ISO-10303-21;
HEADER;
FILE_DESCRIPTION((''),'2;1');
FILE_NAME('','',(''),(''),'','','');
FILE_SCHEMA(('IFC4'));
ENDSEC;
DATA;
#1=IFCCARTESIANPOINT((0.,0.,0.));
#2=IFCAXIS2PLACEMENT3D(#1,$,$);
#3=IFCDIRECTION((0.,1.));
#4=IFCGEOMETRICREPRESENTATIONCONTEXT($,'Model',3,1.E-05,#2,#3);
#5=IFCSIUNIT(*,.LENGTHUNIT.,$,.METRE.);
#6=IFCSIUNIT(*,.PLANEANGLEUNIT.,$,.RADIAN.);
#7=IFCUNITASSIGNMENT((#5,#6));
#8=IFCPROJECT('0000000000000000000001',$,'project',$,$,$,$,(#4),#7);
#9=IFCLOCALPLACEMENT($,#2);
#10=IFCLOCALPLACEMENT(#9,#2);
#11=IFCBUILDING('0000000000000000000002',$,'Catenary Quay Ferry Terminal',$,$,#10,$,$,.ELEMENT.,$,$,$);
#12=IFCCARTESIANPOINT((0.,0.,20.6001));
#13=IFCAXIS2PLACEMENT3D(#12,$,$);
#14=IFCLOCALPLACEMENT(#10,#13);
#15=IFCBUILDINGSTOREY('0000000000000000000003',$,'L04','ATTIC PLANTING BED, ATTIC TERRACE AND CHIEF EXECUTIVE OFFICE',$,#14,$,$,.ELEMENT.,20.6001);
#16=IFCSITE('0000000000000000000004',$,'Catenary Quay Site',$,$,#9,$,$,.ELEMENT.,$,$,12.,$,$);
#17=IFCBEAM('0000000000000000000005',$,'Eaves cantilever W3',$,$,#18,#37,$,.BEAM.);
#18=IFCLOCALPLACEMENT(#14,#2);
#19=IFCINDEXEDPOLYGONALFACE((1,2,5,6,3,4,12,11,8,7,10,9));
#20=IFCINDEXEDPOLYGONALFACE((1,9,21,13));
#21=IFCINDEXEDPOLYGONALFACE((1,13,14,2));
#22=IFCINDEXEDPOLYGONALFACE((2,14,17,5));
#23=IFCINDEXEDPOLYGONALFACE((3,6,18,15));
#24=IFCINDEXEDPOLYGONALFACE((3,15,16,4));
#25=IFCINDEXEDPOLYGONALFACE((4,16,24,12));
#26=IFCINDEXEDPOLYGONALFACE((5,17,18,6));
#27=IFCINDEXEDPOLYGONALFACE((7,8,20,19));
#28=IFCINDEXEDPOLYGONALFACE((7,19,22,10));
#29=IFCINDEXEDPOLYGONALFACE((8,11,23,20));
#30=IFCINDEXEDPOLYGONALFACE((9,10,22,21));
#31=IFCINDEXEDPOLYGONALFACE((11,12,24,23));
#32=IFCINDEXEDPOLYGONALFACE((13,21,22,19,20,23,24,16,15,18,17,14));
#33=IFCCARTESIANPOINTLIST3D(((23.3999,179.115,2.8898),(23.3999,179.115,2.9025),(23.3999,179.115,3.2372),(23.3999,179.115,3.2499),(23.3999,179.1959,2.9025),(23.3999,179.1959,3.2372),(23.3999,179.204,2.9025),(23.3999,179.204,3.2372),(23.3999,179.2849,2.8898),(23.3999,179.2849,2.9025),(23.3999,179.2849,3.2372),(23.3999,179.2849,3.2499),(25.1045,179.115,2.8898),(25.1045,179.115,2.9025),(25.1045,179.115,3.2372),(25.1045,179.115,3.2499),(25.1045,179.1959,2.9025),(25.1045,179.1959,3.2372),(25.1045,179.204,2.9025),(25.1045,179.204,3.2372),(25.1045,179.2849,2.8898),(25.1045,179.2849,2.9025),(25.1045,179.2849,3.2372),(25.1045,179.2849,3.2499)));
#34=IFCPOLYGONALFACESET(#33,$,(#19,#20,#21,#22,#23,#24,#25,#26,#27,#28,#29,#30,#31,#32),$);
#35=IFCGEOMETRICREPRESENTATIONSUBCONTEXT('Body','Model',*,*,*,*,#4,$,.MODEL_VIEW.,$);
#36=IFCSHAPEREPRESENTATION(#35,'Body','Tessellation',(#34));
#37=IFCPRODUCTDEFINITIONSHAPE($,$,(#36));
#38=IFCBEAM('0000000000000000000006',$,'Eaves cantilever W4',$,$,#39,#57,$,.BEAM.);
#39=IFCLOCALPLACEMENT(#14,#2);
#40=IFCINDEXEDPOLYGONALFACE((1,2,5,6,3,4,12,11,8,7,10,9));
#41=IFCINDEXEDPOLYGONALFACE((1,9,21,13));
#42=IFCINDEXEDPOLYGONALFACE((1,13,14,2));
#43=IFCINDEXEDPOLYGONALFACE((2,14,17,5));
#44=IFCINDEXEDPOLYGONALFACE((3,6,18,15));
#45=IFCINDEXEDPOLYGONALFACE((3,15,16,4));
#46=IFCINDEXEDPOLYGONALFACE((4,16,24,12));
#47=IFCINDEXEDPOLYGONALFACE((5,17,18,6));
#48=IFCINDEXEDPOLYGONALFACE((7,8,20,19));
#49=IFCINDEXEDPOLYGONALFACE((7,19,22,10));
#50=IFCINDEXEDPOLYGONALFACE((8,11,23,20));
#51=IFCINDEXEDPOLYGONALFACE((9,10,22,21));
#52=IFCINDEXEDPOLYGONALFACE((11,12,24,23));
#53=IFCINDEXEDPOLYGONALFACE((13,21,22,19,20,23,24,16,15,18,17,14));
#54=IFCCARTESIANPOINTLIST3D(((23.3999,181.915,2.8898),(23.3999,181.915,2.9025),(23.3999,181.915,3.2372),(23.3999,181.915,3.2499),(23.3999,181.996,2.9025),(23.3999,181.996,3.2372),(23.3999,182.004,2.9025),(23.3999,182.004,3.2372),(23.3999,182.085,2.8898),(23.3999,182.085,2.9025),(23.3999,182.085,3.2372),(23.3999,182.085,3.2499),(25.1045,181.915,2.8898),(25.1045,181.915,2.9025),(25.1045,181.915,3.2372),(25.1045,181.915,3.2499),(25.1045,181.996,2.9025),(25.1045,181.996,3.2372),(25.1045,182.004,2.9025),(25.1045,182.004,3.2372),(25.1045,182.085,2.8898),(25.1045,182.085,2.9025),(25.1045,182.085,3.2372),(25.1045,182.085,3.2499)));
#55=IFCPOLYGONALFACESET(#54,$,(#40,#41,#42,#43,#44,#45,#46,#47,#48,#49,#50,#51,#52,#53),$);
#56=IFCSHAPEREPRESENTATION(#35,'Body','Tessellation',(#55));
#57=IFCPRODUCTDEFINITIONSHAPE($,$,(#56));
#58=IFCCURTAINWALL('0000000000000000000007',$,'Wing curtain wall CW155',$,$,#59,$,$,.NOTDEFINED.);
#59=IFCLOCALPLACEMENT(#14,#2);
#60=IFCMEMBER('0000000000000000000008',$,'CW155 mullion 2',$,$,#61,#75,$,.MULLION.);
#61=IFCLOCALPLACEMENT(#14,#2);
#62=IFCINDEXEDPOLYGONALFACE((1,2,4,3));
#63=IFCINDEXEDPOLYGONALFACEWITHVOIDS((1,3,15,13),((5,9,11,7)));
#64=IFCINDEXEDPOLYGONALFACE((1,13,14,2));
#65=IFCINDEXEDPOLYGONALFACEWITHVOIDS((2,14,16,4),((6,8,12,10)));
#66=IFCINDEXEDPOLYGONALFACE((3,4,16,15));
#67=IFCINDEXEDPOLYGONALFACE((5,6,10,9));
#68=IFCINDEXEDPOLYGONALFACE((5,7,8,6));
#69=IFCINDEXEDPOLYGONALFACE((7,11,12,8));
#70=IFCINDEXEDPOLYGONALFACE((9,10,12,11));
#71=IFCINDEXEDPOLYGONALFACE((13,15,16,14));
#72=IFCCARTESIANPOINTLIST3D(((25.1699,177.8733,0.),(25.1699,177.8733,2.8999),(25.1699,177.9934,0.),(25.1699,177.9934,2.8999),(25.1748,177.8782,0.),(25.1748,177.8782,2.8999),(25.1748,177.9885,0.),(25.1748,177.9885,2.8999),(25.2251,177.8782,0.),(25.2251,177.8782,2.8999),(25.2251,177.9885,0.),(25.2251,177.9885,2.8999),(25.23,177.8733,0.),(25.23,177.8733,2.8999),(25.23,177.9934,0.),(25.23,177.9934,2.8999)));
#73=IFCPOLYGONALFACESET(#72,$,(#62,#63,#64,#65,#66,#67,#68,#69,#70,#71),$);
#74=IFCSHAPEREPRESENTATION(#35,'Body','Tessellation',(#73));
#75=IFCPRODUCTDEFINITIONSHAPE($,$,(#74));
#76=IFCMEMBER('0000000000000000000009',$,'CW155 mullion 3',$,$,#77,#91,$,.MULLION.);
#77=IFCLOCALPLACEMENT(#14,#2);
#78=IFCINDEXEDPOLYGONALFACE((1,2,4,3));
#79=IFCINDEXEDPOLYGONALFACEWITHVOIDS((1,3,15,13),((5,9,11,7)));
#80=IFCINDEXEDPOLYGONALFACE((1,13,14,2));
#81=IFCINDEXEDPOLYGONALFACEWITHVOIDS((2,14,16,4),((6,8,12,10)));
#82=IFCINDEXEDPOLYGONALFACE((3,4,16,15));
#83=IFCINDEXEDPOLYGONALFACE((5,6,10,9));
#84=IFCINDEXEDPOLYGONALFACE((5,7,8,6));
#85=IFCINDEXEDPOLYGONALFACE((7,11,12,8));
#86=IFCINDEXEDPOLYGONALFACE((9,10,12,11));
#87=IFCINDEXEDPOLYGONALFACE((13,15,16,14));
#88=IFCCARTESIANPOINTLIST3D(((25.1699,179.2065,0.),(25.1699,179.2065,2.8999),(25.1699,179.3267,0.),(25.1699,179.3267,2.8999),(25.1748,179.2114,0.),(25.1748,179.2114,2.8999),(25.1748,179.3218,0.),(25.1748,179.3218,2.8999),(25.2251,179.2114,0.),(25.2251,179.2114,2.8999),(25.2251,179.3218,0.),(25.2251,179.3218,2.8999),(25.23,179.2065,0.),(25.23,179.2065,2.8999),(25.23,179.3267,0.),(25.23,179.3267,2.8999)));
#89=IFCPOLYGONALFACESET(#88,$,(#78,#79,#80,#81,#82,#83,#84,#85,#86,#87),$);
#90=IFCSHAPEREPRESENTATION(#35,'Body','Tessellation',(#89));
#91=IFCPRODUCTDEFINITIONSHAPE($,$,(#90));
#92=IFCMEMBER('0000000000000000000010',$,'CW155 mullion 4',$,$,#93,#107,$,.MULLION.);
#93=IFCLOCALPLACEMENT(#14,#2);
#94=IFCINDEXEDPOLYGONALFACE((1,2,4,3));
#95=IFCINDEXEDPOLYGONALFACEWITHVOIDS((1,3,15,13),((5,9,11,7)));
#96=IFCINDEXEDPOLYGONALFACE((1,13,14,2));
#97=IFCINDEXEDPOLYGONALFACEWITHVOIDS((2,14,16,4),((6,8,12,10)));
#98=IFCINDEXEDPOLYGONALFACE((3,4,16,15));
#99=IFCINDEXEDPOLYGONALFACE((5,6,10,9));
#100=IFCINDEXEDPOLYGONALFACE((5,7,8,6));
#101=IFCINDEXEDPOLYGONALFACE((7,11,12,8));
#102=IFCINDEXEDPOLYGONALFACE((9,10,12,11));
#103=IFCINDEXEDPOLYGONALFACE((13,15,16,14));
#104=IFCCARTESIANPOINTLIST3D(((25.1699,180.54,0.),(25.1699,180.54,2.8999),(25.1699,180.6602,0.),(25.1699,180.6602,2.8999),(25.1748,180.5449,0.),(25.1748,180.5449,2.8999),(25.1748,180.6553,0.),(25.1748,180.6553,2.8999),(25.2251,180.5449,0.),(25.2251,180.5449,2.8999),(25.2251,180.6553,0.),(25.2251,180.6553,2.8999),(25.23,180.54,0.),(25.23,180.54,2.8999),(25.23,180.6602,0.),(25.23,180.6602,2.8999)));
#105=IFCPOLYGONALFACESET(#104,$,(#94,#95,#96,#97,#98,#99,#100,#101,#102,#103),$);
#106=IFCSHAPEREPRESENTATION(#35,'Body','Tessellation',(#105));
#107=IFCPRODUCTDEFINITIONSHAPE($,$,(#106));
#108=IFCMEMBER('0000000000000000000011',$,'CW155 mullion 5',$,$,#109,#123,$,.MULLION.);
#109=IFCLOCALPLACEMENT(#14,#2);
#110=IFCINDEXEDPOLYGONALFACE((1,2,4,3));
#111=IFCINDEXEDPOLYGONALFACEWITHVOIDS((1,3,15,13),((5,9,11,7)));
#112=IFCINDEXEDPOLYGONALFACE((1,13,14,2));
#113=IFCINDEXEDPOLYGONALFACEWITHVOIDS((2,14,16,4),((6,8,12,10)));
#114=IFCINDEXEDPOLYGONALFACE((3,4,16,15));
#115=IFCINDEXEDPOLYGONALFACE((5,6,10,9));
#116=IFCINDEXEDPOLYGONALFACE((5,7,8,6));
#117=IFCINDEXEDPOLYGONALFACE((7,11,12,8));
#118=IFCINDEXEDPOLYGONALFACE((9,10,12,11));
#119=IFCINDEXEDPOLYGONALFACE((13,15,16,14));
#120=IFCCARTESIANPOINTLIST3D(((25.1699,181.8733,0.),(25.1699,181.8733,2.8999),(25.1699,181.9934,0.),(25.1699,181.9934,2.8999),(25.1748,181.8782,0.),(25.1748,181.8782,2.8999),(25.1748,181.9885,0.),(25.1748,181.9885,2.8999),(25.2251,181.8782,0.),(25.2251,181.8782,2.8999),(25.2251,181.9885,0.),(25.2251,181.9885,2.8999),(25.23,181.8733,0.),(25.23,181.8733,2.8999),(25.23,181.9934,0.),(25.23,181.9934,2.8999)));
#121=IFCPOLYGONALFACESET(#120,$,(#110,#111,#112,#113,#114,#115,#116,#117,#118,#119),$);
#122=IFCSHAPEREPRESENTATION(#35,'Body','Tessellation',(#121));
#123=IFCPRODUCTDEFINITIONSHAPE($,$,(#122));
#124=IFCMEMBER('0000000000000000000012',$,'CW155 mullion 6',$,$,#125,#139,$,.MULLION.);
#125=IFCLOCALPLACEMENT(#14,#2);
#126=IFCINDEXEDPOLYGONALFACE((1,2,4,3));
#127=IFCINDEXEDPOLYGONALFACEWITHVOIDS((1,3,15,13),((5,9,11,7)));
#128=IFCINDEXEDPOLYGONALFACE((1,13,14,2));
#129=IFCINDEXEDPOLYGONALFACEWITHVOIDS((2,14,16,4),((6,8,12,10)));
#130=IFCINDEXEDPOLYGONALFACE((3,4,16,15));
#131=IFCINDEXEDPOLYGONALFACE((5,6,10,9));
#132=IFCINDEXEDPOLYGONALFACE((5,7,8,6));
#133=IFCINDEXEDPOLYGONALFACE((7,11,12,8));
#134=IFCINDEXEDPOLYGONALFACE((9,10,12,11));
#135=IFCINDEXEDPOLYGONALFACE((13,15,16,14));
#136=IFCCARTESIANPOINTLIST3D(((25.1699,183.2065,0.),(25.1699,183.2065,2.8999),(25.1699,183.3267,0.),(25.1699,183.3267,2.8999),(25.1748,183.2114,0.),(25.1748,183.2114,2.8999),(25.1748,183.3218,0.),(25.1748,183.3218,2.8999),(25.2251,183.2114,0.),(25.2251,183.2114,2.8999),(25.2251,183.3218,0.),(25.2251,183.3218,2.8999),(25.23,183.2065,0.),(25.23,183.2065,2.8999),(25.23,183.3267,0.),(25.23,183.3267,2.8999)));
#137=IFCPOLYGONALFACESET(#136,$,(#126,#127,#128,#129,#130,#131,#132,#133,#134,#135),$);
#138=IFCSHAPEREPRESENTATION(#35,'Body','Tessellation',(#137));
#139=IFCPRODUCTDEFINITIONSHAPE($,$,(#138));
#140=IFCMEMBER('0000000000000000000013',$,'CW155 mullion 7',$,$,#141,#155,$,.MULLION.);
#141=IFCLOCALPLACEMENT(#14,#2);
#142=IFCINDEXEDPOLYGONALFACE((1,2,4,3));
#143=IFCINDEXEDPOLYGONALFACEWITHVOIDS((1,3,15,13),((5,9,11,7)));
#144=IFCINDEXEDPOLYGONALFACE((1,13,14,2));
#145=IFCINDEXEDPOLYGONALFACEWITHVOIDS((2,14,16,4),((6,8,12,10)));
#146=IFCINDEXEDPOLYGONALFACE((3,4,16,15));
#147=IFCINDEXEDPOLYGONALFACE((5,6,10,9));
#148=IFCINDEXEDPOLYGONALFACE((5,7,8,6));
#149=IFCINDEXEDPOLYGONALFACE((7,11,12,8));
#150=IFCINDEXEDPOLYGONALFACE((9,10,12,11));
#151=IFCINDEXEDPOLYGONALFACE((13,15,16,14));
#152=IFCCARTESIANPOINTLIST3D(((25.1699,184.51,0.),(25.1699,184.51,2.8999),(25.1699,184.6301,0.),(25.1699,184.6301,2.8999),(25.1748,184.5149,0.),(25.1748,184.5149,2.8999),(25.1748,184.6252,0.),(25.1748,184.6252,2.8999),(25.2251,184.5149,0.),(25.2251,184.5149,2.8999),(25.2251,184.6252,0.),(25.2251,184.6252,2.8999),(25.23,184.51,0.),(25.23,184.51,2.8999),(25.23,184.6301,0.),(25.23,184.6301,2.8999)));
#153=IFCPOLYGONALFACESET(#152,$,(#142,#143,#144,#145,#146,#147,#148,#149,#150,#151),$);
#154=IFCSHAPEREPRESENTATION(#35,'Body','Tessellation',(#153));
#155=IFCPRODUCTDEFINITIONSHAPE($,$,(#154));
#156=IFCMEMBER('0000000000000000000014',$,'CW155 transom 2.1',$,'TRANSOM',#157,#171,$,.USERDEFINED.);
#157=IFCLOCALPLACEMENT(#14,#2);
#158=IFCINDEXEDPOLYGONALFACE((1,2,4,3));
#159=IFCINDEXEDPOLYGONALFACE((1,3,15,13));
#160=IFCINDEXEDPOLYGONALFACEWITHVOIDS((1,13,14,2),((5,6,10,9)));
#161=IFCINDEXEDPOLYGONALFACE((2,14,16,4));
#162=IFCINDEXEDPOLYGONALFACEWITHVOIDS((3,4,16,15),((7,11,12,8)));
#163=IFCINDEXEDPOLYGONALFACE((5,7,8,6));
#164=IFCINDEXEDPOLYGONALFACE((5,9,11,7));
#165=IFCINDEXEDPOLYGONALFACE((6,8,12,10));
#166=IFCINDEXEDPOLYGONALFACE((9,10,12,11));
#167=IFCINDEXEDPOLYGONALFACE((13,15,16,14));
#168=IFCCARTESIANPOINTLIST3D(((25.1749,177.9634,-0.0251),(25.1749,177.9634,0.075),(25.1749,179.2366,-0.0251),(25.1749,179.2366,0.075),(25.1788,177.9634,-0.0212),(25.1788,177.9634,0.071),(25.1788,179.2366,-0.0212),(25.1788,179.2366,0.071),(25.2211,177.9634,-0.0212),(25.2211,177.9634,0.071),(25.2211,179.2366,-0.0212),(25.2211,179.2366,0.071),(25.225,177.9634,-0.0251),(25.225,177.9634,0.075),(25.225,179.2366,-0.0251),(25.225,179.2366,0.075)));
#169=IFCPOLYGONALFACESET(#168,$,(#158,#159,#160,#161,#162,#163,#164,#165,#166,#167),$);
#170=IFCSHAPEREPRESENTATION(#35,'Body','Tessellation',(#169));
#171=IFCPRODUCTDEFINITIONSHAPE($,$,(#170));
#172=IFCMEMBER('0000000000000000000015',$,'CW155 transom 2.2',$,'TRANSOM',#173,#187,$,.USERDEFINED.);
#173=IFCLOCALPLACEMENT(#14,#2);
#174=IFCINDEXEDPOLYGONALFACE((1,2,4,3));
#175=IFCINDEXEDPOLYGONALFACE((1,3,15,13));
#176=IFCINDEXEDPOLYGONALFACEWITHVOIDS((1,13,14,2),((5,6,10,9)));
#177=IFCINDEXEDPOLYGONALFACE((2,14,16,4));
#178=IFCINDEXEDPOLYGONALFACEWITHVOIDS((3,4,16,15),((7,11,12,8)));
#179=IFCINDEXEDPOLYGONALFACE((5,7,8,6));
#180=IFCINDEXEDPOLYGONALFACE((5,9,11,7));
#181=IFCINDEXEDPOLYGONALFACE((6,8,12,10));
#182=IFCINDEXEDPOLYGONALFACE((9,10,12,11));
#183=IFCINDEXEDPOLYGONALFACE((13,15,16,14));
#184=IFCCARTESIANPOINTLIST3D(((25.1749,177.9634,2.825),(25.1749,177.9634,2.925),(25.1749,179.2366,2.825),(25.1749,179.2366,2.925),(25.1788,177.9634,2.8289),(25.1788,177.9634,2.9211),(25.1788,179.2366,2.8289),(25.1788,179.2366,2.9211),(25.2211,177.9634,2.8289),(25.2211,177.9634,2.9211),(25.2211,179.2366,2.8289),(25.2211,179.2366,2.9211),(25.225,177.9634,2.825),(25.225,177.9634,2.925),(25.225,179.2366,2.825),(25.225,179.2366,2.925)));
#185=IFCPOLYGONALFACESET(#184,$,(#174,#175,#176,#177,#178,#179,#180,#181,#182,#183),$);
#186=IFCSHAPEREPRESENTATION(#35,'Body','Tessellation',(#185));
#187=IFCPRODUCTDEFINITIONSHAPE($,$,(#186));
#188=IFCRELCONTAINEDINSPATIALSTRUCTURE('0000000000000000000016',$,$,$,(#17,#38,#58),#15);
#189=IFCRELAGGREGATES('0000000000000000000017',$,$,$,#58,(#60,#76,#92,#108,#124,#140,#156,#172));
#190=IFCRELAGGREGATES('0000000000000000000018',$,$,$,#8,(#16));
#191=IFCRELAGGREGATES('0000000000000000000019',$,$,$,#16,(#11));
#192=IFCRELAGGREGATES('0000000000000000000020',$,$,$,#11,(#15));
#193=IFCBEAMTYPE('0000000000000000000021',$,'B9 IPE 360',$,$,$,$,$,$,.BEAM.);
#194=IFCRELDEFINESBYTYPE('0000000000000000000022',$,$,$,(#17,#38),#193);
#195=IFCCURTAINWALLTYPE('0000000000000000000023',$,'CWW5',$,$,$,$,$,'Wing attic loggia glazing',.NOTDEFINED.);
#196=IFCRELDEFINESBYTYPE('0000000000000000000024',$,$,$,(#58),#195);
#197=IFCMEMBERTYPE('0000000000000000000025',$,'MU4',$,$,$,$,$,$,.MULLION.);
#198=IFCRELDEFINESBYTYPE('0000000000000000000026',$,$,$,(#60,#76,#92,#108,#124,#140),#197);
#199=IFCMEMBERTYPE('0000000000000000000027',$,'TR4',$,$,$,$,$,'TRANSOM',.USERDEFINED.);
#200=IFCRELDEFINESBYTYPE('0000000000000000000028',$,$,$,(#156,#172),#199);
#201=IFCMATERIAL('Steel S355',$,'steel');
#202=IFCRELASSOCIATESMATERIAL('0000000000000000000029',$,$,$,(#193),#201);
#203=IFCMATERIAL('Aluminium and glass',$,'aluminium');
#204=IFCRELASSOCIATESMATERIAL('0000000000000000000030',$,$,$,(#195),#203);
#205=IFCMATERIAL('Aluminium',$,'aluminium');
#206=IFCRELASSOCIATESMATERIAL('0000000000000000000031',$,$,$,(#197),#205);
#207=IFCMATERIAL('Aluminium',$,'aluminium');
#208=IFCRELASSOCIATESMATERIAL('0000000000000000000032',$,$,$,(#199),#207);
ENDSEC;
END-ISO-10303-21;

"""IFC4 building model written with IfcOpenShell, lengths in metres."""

from ifc_helpers import new_model, si_unit, direction, frame, origin, origin_2d, place, context, subcontext, project, spatial, hollow_rectangle, i_section, extrude, material, material_profile, profile_set, type_object, element, aggregate, save


model = new_model("IFC4")

# Units and contexts
model_context = context("Model", 3, precision=1e-05, world=origin(), true_north=direction((0.0, 1.0)))
body_context = subcontext(model_context, "Body", "Model", "MODEL_VIEW")
ifc_project = project(units=[si_unit("LENGTHUNIT", "METRE"), si_unit("PLANEANGLEUNIT", "RADIAN")], contexts=[model_context])

# Site, building, storey
site_placement = place(None, origin())
site = spatial("IfcSite", under=ifc_project, at=site_placement, Name="Catenary Quay Site", CompositionType="ELEMENT", RefElevation=12.0)
building_placement = place(site_placement, origin())
building = spatial("IfcBuilding", under=site, at=building_placement, Name="Catenary Quay Ferry Terminal", CompositionType="ELEMENT")
storey_placement = place(building_placement, frame((0.0, 0.0, 20.6001)))
storey = spatial("IfcBuildingStorey", under=building, at=storey_placement, Name="L04", Description="ATTIC PLANTING BED, ATTIC TERRACE AND CHIEF EXECUTIVE OFFICE", CompositionType="ELEMENT", Elevation=20.6001)

# Beams
ifc_material_1 = material(Name="Steel S355", Category="steel")
ifc_material_profile_1 = material_profile(ifc_material_1, i_section(OverallWidth=0.1699, OverallDepth=0.3601, WebThickness=0.0081, FlangeThickness=0.0127, at=origin_2d()), Name="IPE 360")
ifc_profile_set_1 = profile_set([ifc_material_profile_1], Name="Steel S355")
beam_type_1 = type_object("IfcBeamType", Name="B9 IPE 360", PredefinedType="BEAM", material=ifc_profile_set_1)
for number, where, z_axis, x_axis, name in (
    (1, (25.1045, 179.2, 3.0698), (-1.0, 0.0, 0.0), (0.0, -1.0, 0.0), "Eaves cantilever W3"),
    (2, (25.1045, 182.0, 3.0698), (-1.0, 0.0, 0.0), (0.0, -1.0, 0.0), "Eaves cantilever W4"),
):
    element("IfcBeam", number, at=place(storey_placement, frame(where, z_axis=z_axis, x_axis=x_axis)), inside=storey, type_object=beam_type_1, Name=name, PredefinedType="BEAM", context=body_context, shape_type="SweptSolid", body=[
        extrude(i_section(OverallWidth=0.1699, OverallDepth=0.3601, WebThickness=0.0081, FlangeThickness=0.0127, at=origin_2d()), origin(), (0.0, 0.0, 1.0), 1.7046),
    ])

# Curtain wall, members
ifc_material_2 = material(Name="Aluminium and glass", Category="aluminium")
curtain_wall_type = type_object("IfcCurtainWallType", Name="CWW5", ElementType="Wing attic loggia glazing", PredefinedType="NOTDEFINED", material=ifc_material_2)
curtain_wall_placement = place(storey_placement, origin())
curtain_wall = element("IfcCurtainWall", 3, at=curtain_wall_placement, inside=storey, type_object=curtain_wall_type, Name="Wing curtain wall CW155", PredefinedType="NOTDEFINED")
ifc_material_3 = material(Name="Aluminium", Category="aluminium")
ifc_material_profile_2 = material_profile(ifc_material_3, hollow_rectangle(XDim=0.0601, YDim=0.1201, WallThickness=0.0049, at=origin_2d()), Name="MU4")
ifc_profile_set_2 = profile_set([ifc_material_profile_2], Name="Aluminium")
member_type_1 = type_object("IfcMemberType", Name="MU4", PredefinedType="MULLION", material=ifc_profile_set_2)
member_1_placement = place(storey_placement, frame((25.2, 177.9333, 0.0), z_axis=(0.0, 0.0, 1.0), x_axis=(-1.0, 0.0, 0.0)))
member_1 = element("IfcMember", 4, at=member_1_placement, type_object=member_type_1, Name="CW155 mullion 2", PredefinedType="MULLION", context=body_context, shape_type="SweptSolid", body=[
    extrude(hollow_rectangle(XDim=0.0601, YDim=0.1201, WallThickness=0.0049, at=origin_2d()), origin(), (0.0, 0.0, 1.0), 2.8999),
])
member_2_placement = place(storey_placement, frame((25.2, 179.2666, 0.0), z_axis=(0.0, 0.0, 1.0), x_axis=(-1.0, 0.0, 0.0)))
member_2 = element("IfcMember", 5, at=member_2_placement, type_object=member_type_1, Name="CW155 mullion 3", PredefinedType="MULLION", context=body_context, shape_type="SweptSolid", body=[
    extrude(hollow_rectangle(XDim=0.0601, YDim=0.1201, WallThickness=0.0049, at=origin_2d()), origin(), (0.0, 0.0, 1.0), 2.8999),
])
member_3_placement = place(storey_placement, frame((25.2, 180.6001, 0.0), z_axis=(0.0, 0.0, 1.0), x_axis=(-1.0, 0.0, 0.0)))
member_3 = element("IfcMember", 6, at=member_3_placement, type_object=member_type_1, Name="CW155 mullion 4", PredefinedType="MULLION", context=body_context, shape_type="SweptSolid", body=[
    extrude(hollow_rectangle(XDim=0.0601, YDim=0.1201, WallThickness=0.0049, at=origin_2d()), origin(), (0.0, 0.0, 1.0), 2.8999),
])
member_4_placement = place(storey_placement, frame((25.2, 181.9333, 0.0), z_axis=(0.0, 0.0, 1.0), x_axis=(-1.0, 0.0, 0.0)))
member_4 = element("IfcMember", 7, at=member_4_placement, type_object=member_type_1, Name="CW155 mullion 5", PredefinedType="MULLION", context=body_context, shape_type="SweptSolid", body=[
    extrude(hollow_rectangle(XDim=0.0601, YDim=0.1201, WallThickness=0.0049, at=origin_2d()), origin(), (0.0, 0.0, 1.0), 2.8999),
])
member_5_placement = place(storey_placement, frame((25.2, 183.2666, 0.0), z_axis=(0.0, 0.0, 1.0), x_axis=(-1.0, 0.0, 0.0)))
member_5 = element("IfcMember", 8, at=member_5_placement, type_object=member_type_1, Name="CW155 mullion 6", PredefinedType="MULLION", context=body_context, shape_type="SweptSolid", body=[
    extrude(hollow_rectangle(XDim=0.0601, YDim=0.1201, WallThickness=0.0049, at=origin_2d()), origin(), (0.0, 0.0, 1.0), 2.8999),
])
member_6_placement = place(storey_placement, frame((25.2, 184.5701, 0.0), z_axis=(0.0, 0.0, 1.0), x_axis=(-1.0, 0.0, 0.0)))
member_6 = element("IfcMember", 9, at=member_6_placement, type_object=member_type_1, Name="CW155 mullion 7", PredefinedType="MULLION", context=body_context, shape_type="SweptSolid", body=[
    extrude(hollow_rectangle(XDim=0.0601, YDim=0.1201, WallThickness=0.0049, at=origin_2d()), origin(), (0.0, 0.0, 1.0), 2.8999),
])
ifc_material_4 = material(Name="Aluminium", Category="aluminium")
ifc_material_profile_3 = material_profile(ifc_material_4, hollow_rectangle(XDim=0.05, YDim=0.1001, WallThickness=0.0039, at=origin_2d()), Name="TR4")
ifc_profile_set_3 = profile_set([ifc_material_profile_3], Name="Aluminium")
member_type_2 = type_object("IfcMemberType", Name="TR4", ElementType="TRANSOM", PredefinedType="USERDEFINED", material=ifc_profile_set_3)
member_7_placement = place(storey_placement, frame((25.2, 177.9634, 0.0249), z_axis=(0.0, 1.0, 0.0), x_axis=(-1.0, 0.0, 0.0)))
member_7 = element("IfcMember", 10, at=member_7_placement, type_object=member_type_2, Name="CW155 transom 2.1", ObjectType="TRANSOM", PredefinedType="USERDEFINED", context=body_context, shape_type="SweptSolid", body=[
    extrude(hollow_rectangle(XDim=0.05, YDim=0.1001, WallThickness=0.0039, at=origin_2d()), origin(), (0.0, 0.0, 1.0), 1.2732),
])
member_8_placement = place(storey_placement, frame((25.2, 177.9634, 2.875), z_axis=(0.0, 1.0, 0.0), x_axis=(-1.0, 0.0, 0.0)))
member_8 = element("IfcMember", 11, at=member_8_placement, type_object=member_type_2, Name="CW155 transom 2.2", ObjectType="TRANSOM", PredefinedType="USERDEFINED", context=body_context, shape_type="SweptSolid", body=[
    extrude(hollow_rectangle(XDim=0.05, YDim=0.1001, WallThickness=0.0039, at=origin_2d()), origin(), (0.0, 0.0, 1.0), 1.2732),
])

aggregate(curtain_wall, [member_1, member_2, member_3, member_4, member_5, member_6, member_7, member_8])

save(model, "model.ifc")
